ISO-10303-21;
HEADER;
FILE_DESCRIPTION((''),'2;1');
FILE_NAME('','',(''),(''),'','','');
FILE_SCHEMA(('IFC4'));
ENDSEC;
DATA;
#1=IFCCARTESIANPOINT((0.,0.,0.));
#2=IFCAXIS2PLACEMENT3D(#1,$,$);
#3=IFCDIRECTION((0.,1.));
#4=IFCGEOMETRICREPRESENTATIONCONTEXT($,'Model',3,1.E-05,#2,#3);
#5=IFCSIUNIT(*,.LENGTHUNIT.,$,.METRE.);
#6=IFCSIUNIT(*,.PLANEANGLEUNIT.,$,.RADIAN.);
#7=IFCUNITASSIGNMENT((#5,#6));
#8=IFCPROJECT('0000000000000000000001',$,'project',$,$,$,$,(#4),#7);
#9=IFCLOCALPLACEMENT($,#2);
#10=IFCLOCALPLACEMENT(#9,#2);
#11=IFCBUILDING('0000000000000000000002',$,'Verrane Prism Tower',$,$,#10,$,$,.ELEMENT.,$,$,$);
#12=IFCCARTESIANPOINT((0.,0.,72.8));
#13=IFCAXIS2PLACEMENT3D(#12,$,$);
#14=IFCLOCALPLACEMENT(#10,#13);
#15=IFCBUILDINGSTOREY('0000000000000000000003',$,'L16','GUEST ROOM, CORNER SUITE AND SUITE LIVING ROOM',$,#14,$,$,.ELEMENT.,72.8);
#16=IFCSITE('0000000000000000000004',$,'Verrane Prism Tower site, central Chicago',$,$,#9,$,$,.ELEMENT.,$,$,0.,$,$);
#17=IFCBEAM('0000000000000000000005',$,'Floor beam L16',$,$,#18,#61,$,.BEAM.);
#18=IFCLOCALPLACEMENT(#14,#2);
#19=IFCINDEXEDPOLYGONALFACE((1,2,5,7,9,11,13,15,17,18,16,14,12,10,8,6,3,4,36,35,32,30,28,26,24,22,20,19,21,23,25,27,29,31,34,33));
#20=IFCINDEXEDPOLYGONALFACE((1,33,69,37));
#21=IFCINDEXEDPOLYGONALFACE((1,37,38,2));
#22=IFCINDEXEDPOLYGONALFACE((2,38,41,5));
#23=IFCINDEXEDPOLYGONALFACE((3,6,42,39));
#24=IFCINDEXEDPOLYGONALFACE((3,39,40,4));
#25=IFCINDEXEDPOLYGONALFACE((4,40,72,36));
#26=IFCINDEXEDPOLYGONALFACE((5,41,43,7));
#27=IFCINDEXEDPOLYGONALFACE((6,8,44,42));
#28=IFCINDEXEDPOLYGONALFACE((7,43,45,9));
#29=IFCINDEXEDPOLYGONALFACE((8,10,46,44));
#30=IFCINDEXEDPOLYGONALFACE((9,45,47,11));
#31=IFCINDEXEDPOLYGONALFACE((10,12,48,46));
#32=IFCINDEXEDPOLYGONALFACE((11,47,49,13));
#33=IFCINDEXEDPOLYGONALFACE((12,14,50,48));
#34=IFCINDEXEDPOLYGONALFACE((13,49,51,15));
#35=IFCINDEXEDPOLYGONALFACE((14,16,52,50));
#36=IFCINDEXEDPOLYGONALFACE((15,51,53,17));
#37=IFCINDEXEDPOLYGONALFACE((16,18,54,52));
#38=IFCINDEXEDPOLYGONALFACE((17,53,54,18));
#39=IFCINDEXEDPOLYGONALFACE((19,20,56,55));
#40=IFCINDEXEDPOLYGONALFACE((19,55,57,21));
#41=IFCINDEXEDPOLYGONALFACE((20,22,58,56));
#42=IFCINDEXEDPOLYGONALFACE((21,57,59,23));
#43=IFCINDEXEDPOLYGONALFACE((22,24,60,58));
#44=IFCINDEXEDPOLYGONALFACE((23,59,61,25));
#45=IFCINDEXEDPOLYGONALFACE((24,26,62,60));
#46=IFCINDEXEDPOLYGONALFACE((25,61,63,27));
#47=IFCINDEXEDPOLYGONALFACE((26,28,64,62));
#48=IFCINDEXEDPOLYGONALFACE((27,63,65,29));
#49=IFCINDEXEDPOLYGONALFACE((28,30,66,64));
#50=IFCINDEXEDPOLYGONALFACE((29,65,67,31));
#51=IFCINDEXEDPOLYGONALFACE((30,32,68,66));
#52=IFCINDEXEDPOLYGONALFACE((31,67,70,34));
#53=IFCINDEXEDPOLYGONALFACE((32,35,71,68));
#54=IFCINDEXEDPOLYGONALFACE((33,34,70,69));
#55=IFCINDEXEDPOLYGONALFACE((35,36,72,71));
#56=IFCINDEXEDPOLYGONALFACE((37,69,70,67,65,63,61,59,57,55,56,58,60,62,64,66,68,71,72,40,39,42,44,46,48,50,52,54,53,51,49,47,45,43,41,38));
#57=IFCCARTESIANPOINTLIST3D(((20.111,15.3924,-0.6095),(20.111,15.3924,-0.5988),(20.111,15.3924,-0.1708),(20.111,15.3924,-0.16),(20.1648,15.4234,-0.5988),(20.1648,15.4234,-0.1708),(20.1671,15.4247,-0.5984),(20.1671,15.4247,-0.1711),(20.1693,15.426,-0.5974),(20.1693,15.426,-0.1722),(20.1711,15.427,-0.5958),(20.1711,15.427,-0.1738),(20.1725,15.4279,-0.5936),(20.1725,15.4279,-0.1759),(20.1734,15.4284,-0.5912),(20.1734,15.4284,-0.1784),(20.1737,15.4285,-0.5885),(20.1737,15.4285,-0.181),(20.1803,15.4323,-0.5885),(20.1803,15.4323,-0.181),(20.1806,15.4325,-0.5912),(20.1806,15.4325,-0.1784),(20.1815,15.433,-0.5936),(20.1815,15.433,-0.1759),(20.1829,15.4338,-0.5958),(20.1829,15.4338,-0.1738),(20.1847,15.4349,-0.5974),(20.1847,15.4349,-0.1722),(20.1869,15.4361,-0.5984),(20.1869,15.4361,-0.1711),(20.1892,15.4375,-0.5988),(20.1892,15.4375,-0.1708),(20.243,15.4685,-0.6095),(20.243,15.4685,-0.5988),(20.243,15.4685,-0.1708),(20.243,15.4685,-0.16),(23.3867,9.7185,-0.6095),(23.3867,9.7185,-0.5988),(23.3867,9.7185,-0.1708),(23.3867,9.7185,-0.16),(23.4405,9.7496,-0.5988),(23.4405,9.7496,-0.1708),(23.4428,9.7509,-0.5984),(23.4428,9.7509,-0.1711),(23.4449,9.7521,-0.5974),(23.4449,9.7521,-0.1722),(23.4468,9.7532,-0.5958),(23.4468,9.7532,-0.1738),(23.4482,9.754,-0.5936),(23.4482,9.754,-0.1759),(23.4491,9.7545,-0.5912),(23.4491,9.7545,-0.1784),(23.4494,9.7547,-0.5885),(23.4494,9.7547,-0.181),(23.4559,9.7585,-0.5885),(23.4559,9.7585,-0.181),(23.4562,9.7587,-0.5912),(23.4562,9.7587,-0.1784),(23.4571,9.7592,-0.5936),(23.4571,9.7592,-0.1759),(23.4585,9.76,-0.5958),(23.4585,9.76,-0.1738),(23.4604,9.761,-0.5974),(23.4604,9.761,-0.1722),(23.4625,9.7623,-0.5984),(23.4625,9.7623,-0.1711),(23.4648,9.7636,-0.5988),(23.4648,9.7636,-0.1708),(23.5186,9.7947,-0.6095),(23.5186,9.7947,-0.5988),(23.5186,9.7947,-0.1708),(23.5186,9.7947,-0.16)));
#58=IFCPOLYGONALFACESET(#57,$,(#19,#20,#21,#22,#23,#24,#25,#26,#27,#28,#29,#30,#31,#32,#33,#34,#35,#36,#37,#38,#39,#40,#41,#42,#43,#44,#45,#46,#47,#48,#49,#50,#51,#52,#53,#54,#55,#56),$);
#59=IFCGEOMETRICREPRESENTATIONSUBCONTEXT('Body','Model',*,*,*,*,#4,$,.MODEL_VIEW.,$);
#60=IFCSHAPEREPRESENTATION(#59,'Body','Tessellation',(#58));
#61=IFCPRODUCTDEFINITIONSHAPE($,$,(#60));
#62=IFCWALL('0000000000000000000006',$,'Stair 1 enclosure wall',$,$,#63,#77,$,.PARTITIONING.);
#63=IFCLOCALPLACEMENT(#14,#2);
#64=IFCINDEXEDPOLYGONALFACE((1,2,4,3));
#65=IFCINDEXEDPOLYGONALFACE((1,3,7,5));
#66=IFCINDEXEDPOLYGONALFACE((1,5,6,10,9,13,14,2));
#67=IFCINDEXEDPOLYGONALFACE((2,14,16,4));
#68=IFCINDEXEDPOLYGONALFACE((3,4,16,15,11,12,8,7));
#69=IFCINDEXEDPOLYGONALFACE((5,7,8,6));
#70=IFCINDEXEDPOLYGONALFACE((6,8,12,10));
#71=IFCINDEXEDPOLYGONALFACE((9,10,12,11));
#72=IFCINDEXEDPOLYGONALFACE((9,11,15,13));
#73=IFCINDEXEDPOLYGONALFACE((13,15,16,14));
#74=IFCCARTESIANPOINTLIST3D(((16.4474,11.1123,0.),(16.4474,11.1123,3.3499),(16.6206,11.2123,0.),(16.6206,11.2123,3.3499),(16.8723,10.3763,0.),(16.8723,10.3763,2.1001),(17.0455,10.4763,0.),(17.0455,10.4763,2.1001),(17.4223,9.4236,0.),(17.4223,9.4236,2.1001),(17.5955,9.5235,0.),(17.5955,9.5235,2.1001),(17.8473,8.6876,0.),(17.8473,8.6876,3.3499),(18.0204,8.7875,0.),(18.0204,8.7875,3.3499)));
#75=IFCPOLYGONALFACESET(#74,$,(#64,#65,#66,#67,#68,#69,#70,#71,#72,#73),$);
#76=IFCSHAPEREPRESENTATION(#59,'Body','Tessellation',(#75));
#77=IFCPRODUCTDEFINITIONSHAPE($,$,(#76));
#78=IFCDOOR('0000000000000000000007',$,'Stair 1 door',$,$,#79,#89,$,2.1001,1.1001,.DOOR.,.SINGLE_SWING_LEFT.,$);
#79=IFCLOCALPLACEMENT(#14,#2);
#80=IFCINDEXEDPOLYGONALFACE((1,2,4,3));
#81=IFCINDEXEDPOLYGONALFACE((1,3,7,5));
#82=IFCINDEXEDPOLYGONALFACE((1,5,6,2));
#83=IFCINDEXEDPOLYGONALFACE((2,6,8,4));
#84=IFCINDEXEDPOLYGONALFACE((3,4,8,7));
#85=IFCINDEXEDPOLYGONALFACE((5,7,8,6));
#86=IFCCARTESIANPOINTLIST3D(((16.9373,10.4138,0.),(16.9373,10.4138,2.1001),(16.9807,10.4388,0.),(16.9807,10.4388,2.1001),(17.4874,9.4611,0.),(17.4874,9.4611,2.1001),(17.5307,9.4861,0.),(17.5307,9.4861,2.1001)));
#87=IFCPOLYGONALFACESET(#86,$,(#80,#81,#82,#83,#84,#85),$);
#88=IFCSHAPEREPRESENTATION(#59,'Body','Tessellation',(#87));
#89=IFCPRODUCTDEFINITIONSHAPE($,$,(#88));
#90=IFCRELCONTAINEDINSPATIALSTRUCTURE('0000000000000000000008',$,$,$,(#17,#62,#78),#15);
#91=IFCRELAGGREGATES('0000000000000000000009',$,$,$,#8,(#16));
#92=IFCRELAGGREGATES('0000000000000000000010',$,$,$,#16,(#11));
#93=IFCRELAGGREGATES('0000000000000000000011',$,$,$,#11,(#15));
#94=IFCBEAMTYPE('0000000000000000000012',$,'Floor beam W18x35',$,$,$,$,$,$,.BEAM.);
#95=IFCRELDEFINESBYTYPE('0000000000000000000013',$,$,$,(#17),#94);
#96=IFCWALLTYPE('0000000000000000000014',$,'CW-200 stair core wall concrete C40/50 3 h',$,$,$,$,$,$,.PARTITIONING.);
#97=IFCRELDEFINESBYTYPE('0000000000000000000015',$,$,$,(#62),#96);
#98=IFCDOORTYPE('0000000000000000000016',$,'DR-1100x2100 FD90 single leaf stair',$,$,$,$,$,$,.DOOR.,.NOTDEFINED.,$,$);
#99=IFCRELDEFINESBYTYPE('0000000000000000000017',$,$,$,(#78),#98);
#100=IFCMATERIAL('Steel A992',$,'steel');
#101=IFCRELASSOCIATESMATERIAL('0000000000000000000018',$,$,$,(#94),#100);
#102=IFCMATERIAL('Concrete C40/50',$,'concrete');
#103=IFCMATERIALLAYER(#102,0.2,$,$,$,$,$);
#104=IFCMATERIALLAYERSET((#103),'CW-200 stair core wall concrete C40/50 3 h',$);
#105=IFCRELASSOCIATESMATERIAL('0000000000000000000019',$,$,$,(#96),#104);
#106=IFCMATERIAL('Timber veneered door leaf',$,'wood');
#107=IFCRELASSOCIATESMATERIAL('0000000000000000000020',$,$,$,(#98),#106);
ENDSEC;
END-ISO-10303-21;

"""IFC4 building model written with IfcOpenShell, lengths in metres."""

from ifc_helpers import new_model, si_unit, direction, frame, frame_2d, origin, origin_2d, place, context, subcontext, project, spatial, rectangle, i_section, extrude, material, layer, layer_set, material_profile, profile_set, type_object, element, fill, save


model = new_model("IFC4")

# Units and contexts
model_context = context("Model", 3, precision=1e-05, world=origin(), true_north=direction((0.0, 1.0)))
body_context = subcontext(model_context, "Body", "Model", "MODEL_VIEW")
ifc_project = project(units=[si_unit("LENGTHUNIT", "METRE"), si_unit("PLANEANGLEUNIT", "RADIAN")], contexts=[model_context])

# Site, building, storey
site_placement = place(None, origin())
site = spatial("IfcSite", under=ifc_project, at=site_placement, Name="Verrane Prism Tower site, central Chicago", CompositionType="ELEMENT", RefElevation=0.0)
building_placement = place(site_placement, origin())
building = spatial("IfcBuilding", under=site, at=building_placement, Name="Verrane Prism Tower", CompositionType="ELEMENT")
storey_placement = place(building_placement, frame((0.0, 0.0, 72.8)))
storey = spatial("IfcBuildingStorey", under=building, at=storey_placement, Name="L16", Description="GUEST ROOM, CORNER SUITE AND SUITE LIVING ROOM", CompositionType="ELEMENT", Elevation=72.8)

# Beam
ifc_material_1 = material(Name="Steel A992", Category="steel")
ifc_material_profile_1 = material_profile(ifc_material_1, i_section(OverallWidth=0.1523, OverallDepth=0.4495, WebThickness=0.0076, FlangeThickness=0.0107, FilletRadius=0.0103, at=origin_2d()), Name="W18x35")
ifc_profile_set_1 = profile_set([ifc_material_profile_1], Name="Steel A992")
beam_type_1 = type_object("IfcBeamType", Name="Floor beam W18x35", PredefinedType="BEAM", material=ifc_profile_set_1)
beam_1_placement = place(storey_placement, frame((23.4526, 9.7566, -0.3848), z_axis=(-0.499983, 0.866035, 0.0), x_axis=(-0.866035, -0.499983, 0.0)))
element("IfcBeam", 1, at=beam_1_placement, inside=storey, type_object=beam_type_1, Name="Floor beam L16", PredefinedType="BEAM", context=body_context, shape_type="SweptSolid", body=[
    extrude(i_section(OverallWidth=0.1523, OverallDepth=0.4495, WebThickness=0.0076, FlangeThickness=0.0107, FilletRadius=0.0103, at=origin_2d()), origin(), (0.0, 0.0, 1.0), 6.5515),
])

# Wall, opening, door
ifc_material_2 = material(Name="Concrete C40/50", Category="concrete")
ifc_layer_1 = layer(ifc_material_2, 0.2)
ifc_layer_set_1 = layer_set([ifc_layer_1], Name="CW-200 stair core wall concrete C40/50 3 h")
wall_type_1 = type_object("IfcWallType", Name="CW-200 stair core wall concrete C40/50 3 h", PredefinedType="PARTITIONING", material=ifc_layer_set_1)
wall_1_placement = place(storey_placement, frame((17.9338, 8.7375, 0.0), z_axis=(0.0, 0.0, 1.0), x_axis=(-0.499984, 0.866035, 0.0)))
wall_1 = element("IfcWall", 2, at=wall_1_placement, inside=storey, type_object=wall_type_1, Name="Stair 1 enclosure wall", PredefinedType="PARTITIONING", context=body_context, shape_type="SweptSolid", body=[
    extrude(rectangle(XDim=2.7998, YDim=0.2, at=frame_2d((1.3999, 0.0))), origin(), (0.0, 0.0, 1.0), 3.3499),
])
opening_1_placement = place(wall_1_placement, frame((0.8499, 0.0, 0.0)))
opening_1 = element("IfcOpeningElement", 3, at=opening_1_placement, cuts=wall_1, PredefinedType="OPENING", context=body_context, shape_type="SweptSolid", body=[
    extrude(rectangle(XDim=1.1001, YDim=2.1001, at=frame_2d((0.55, 1.05))), frame((0.0, 0.1099, 0.0), z_axis=(0.0, -1.0, 0.0), x_axis=(1.0, 0.0, 0.0)), (0.0, 0.0, 1.0), 0.22),
])
ifc_material_3 = material(Name="Timber veneered door leaf", Category="wood")
door_type_1 = type_object("IfcDoorType", Name="DR-1100x2100 FD90 single leaf stair", OperationType="NOTDEFINED", PredefinedType="DOOR", material=ifc_material_3)
door_1_placement = place(opening_1_placement, origin())
door_1 = element("IfcDoor", 4, at=door_1_placement, inside=storey, type_object=door_type_1, Name="Stair 1 door", OperationType="SINGLE_SWING_LEFT", OverallHeight=2.1001, OverallWidth=1.1001, PredefinedType="DOOR", context=body_context, shape_type="SweptSolid", body=[
    extrude(rectangle(XDim=1.1001, YDim=2.1001, at=frame_2d((0.55, 1.05))), frame((0.0, 0.0249, 0.0), z_axis=(0.0, -1.0, 0.0), x_axis=(1.0, 0.0, 0.0)), (0.0, 0.0, 1.0), 0.05),
])
fill(opening_1, door_1)

save(model, "model.ifc")
